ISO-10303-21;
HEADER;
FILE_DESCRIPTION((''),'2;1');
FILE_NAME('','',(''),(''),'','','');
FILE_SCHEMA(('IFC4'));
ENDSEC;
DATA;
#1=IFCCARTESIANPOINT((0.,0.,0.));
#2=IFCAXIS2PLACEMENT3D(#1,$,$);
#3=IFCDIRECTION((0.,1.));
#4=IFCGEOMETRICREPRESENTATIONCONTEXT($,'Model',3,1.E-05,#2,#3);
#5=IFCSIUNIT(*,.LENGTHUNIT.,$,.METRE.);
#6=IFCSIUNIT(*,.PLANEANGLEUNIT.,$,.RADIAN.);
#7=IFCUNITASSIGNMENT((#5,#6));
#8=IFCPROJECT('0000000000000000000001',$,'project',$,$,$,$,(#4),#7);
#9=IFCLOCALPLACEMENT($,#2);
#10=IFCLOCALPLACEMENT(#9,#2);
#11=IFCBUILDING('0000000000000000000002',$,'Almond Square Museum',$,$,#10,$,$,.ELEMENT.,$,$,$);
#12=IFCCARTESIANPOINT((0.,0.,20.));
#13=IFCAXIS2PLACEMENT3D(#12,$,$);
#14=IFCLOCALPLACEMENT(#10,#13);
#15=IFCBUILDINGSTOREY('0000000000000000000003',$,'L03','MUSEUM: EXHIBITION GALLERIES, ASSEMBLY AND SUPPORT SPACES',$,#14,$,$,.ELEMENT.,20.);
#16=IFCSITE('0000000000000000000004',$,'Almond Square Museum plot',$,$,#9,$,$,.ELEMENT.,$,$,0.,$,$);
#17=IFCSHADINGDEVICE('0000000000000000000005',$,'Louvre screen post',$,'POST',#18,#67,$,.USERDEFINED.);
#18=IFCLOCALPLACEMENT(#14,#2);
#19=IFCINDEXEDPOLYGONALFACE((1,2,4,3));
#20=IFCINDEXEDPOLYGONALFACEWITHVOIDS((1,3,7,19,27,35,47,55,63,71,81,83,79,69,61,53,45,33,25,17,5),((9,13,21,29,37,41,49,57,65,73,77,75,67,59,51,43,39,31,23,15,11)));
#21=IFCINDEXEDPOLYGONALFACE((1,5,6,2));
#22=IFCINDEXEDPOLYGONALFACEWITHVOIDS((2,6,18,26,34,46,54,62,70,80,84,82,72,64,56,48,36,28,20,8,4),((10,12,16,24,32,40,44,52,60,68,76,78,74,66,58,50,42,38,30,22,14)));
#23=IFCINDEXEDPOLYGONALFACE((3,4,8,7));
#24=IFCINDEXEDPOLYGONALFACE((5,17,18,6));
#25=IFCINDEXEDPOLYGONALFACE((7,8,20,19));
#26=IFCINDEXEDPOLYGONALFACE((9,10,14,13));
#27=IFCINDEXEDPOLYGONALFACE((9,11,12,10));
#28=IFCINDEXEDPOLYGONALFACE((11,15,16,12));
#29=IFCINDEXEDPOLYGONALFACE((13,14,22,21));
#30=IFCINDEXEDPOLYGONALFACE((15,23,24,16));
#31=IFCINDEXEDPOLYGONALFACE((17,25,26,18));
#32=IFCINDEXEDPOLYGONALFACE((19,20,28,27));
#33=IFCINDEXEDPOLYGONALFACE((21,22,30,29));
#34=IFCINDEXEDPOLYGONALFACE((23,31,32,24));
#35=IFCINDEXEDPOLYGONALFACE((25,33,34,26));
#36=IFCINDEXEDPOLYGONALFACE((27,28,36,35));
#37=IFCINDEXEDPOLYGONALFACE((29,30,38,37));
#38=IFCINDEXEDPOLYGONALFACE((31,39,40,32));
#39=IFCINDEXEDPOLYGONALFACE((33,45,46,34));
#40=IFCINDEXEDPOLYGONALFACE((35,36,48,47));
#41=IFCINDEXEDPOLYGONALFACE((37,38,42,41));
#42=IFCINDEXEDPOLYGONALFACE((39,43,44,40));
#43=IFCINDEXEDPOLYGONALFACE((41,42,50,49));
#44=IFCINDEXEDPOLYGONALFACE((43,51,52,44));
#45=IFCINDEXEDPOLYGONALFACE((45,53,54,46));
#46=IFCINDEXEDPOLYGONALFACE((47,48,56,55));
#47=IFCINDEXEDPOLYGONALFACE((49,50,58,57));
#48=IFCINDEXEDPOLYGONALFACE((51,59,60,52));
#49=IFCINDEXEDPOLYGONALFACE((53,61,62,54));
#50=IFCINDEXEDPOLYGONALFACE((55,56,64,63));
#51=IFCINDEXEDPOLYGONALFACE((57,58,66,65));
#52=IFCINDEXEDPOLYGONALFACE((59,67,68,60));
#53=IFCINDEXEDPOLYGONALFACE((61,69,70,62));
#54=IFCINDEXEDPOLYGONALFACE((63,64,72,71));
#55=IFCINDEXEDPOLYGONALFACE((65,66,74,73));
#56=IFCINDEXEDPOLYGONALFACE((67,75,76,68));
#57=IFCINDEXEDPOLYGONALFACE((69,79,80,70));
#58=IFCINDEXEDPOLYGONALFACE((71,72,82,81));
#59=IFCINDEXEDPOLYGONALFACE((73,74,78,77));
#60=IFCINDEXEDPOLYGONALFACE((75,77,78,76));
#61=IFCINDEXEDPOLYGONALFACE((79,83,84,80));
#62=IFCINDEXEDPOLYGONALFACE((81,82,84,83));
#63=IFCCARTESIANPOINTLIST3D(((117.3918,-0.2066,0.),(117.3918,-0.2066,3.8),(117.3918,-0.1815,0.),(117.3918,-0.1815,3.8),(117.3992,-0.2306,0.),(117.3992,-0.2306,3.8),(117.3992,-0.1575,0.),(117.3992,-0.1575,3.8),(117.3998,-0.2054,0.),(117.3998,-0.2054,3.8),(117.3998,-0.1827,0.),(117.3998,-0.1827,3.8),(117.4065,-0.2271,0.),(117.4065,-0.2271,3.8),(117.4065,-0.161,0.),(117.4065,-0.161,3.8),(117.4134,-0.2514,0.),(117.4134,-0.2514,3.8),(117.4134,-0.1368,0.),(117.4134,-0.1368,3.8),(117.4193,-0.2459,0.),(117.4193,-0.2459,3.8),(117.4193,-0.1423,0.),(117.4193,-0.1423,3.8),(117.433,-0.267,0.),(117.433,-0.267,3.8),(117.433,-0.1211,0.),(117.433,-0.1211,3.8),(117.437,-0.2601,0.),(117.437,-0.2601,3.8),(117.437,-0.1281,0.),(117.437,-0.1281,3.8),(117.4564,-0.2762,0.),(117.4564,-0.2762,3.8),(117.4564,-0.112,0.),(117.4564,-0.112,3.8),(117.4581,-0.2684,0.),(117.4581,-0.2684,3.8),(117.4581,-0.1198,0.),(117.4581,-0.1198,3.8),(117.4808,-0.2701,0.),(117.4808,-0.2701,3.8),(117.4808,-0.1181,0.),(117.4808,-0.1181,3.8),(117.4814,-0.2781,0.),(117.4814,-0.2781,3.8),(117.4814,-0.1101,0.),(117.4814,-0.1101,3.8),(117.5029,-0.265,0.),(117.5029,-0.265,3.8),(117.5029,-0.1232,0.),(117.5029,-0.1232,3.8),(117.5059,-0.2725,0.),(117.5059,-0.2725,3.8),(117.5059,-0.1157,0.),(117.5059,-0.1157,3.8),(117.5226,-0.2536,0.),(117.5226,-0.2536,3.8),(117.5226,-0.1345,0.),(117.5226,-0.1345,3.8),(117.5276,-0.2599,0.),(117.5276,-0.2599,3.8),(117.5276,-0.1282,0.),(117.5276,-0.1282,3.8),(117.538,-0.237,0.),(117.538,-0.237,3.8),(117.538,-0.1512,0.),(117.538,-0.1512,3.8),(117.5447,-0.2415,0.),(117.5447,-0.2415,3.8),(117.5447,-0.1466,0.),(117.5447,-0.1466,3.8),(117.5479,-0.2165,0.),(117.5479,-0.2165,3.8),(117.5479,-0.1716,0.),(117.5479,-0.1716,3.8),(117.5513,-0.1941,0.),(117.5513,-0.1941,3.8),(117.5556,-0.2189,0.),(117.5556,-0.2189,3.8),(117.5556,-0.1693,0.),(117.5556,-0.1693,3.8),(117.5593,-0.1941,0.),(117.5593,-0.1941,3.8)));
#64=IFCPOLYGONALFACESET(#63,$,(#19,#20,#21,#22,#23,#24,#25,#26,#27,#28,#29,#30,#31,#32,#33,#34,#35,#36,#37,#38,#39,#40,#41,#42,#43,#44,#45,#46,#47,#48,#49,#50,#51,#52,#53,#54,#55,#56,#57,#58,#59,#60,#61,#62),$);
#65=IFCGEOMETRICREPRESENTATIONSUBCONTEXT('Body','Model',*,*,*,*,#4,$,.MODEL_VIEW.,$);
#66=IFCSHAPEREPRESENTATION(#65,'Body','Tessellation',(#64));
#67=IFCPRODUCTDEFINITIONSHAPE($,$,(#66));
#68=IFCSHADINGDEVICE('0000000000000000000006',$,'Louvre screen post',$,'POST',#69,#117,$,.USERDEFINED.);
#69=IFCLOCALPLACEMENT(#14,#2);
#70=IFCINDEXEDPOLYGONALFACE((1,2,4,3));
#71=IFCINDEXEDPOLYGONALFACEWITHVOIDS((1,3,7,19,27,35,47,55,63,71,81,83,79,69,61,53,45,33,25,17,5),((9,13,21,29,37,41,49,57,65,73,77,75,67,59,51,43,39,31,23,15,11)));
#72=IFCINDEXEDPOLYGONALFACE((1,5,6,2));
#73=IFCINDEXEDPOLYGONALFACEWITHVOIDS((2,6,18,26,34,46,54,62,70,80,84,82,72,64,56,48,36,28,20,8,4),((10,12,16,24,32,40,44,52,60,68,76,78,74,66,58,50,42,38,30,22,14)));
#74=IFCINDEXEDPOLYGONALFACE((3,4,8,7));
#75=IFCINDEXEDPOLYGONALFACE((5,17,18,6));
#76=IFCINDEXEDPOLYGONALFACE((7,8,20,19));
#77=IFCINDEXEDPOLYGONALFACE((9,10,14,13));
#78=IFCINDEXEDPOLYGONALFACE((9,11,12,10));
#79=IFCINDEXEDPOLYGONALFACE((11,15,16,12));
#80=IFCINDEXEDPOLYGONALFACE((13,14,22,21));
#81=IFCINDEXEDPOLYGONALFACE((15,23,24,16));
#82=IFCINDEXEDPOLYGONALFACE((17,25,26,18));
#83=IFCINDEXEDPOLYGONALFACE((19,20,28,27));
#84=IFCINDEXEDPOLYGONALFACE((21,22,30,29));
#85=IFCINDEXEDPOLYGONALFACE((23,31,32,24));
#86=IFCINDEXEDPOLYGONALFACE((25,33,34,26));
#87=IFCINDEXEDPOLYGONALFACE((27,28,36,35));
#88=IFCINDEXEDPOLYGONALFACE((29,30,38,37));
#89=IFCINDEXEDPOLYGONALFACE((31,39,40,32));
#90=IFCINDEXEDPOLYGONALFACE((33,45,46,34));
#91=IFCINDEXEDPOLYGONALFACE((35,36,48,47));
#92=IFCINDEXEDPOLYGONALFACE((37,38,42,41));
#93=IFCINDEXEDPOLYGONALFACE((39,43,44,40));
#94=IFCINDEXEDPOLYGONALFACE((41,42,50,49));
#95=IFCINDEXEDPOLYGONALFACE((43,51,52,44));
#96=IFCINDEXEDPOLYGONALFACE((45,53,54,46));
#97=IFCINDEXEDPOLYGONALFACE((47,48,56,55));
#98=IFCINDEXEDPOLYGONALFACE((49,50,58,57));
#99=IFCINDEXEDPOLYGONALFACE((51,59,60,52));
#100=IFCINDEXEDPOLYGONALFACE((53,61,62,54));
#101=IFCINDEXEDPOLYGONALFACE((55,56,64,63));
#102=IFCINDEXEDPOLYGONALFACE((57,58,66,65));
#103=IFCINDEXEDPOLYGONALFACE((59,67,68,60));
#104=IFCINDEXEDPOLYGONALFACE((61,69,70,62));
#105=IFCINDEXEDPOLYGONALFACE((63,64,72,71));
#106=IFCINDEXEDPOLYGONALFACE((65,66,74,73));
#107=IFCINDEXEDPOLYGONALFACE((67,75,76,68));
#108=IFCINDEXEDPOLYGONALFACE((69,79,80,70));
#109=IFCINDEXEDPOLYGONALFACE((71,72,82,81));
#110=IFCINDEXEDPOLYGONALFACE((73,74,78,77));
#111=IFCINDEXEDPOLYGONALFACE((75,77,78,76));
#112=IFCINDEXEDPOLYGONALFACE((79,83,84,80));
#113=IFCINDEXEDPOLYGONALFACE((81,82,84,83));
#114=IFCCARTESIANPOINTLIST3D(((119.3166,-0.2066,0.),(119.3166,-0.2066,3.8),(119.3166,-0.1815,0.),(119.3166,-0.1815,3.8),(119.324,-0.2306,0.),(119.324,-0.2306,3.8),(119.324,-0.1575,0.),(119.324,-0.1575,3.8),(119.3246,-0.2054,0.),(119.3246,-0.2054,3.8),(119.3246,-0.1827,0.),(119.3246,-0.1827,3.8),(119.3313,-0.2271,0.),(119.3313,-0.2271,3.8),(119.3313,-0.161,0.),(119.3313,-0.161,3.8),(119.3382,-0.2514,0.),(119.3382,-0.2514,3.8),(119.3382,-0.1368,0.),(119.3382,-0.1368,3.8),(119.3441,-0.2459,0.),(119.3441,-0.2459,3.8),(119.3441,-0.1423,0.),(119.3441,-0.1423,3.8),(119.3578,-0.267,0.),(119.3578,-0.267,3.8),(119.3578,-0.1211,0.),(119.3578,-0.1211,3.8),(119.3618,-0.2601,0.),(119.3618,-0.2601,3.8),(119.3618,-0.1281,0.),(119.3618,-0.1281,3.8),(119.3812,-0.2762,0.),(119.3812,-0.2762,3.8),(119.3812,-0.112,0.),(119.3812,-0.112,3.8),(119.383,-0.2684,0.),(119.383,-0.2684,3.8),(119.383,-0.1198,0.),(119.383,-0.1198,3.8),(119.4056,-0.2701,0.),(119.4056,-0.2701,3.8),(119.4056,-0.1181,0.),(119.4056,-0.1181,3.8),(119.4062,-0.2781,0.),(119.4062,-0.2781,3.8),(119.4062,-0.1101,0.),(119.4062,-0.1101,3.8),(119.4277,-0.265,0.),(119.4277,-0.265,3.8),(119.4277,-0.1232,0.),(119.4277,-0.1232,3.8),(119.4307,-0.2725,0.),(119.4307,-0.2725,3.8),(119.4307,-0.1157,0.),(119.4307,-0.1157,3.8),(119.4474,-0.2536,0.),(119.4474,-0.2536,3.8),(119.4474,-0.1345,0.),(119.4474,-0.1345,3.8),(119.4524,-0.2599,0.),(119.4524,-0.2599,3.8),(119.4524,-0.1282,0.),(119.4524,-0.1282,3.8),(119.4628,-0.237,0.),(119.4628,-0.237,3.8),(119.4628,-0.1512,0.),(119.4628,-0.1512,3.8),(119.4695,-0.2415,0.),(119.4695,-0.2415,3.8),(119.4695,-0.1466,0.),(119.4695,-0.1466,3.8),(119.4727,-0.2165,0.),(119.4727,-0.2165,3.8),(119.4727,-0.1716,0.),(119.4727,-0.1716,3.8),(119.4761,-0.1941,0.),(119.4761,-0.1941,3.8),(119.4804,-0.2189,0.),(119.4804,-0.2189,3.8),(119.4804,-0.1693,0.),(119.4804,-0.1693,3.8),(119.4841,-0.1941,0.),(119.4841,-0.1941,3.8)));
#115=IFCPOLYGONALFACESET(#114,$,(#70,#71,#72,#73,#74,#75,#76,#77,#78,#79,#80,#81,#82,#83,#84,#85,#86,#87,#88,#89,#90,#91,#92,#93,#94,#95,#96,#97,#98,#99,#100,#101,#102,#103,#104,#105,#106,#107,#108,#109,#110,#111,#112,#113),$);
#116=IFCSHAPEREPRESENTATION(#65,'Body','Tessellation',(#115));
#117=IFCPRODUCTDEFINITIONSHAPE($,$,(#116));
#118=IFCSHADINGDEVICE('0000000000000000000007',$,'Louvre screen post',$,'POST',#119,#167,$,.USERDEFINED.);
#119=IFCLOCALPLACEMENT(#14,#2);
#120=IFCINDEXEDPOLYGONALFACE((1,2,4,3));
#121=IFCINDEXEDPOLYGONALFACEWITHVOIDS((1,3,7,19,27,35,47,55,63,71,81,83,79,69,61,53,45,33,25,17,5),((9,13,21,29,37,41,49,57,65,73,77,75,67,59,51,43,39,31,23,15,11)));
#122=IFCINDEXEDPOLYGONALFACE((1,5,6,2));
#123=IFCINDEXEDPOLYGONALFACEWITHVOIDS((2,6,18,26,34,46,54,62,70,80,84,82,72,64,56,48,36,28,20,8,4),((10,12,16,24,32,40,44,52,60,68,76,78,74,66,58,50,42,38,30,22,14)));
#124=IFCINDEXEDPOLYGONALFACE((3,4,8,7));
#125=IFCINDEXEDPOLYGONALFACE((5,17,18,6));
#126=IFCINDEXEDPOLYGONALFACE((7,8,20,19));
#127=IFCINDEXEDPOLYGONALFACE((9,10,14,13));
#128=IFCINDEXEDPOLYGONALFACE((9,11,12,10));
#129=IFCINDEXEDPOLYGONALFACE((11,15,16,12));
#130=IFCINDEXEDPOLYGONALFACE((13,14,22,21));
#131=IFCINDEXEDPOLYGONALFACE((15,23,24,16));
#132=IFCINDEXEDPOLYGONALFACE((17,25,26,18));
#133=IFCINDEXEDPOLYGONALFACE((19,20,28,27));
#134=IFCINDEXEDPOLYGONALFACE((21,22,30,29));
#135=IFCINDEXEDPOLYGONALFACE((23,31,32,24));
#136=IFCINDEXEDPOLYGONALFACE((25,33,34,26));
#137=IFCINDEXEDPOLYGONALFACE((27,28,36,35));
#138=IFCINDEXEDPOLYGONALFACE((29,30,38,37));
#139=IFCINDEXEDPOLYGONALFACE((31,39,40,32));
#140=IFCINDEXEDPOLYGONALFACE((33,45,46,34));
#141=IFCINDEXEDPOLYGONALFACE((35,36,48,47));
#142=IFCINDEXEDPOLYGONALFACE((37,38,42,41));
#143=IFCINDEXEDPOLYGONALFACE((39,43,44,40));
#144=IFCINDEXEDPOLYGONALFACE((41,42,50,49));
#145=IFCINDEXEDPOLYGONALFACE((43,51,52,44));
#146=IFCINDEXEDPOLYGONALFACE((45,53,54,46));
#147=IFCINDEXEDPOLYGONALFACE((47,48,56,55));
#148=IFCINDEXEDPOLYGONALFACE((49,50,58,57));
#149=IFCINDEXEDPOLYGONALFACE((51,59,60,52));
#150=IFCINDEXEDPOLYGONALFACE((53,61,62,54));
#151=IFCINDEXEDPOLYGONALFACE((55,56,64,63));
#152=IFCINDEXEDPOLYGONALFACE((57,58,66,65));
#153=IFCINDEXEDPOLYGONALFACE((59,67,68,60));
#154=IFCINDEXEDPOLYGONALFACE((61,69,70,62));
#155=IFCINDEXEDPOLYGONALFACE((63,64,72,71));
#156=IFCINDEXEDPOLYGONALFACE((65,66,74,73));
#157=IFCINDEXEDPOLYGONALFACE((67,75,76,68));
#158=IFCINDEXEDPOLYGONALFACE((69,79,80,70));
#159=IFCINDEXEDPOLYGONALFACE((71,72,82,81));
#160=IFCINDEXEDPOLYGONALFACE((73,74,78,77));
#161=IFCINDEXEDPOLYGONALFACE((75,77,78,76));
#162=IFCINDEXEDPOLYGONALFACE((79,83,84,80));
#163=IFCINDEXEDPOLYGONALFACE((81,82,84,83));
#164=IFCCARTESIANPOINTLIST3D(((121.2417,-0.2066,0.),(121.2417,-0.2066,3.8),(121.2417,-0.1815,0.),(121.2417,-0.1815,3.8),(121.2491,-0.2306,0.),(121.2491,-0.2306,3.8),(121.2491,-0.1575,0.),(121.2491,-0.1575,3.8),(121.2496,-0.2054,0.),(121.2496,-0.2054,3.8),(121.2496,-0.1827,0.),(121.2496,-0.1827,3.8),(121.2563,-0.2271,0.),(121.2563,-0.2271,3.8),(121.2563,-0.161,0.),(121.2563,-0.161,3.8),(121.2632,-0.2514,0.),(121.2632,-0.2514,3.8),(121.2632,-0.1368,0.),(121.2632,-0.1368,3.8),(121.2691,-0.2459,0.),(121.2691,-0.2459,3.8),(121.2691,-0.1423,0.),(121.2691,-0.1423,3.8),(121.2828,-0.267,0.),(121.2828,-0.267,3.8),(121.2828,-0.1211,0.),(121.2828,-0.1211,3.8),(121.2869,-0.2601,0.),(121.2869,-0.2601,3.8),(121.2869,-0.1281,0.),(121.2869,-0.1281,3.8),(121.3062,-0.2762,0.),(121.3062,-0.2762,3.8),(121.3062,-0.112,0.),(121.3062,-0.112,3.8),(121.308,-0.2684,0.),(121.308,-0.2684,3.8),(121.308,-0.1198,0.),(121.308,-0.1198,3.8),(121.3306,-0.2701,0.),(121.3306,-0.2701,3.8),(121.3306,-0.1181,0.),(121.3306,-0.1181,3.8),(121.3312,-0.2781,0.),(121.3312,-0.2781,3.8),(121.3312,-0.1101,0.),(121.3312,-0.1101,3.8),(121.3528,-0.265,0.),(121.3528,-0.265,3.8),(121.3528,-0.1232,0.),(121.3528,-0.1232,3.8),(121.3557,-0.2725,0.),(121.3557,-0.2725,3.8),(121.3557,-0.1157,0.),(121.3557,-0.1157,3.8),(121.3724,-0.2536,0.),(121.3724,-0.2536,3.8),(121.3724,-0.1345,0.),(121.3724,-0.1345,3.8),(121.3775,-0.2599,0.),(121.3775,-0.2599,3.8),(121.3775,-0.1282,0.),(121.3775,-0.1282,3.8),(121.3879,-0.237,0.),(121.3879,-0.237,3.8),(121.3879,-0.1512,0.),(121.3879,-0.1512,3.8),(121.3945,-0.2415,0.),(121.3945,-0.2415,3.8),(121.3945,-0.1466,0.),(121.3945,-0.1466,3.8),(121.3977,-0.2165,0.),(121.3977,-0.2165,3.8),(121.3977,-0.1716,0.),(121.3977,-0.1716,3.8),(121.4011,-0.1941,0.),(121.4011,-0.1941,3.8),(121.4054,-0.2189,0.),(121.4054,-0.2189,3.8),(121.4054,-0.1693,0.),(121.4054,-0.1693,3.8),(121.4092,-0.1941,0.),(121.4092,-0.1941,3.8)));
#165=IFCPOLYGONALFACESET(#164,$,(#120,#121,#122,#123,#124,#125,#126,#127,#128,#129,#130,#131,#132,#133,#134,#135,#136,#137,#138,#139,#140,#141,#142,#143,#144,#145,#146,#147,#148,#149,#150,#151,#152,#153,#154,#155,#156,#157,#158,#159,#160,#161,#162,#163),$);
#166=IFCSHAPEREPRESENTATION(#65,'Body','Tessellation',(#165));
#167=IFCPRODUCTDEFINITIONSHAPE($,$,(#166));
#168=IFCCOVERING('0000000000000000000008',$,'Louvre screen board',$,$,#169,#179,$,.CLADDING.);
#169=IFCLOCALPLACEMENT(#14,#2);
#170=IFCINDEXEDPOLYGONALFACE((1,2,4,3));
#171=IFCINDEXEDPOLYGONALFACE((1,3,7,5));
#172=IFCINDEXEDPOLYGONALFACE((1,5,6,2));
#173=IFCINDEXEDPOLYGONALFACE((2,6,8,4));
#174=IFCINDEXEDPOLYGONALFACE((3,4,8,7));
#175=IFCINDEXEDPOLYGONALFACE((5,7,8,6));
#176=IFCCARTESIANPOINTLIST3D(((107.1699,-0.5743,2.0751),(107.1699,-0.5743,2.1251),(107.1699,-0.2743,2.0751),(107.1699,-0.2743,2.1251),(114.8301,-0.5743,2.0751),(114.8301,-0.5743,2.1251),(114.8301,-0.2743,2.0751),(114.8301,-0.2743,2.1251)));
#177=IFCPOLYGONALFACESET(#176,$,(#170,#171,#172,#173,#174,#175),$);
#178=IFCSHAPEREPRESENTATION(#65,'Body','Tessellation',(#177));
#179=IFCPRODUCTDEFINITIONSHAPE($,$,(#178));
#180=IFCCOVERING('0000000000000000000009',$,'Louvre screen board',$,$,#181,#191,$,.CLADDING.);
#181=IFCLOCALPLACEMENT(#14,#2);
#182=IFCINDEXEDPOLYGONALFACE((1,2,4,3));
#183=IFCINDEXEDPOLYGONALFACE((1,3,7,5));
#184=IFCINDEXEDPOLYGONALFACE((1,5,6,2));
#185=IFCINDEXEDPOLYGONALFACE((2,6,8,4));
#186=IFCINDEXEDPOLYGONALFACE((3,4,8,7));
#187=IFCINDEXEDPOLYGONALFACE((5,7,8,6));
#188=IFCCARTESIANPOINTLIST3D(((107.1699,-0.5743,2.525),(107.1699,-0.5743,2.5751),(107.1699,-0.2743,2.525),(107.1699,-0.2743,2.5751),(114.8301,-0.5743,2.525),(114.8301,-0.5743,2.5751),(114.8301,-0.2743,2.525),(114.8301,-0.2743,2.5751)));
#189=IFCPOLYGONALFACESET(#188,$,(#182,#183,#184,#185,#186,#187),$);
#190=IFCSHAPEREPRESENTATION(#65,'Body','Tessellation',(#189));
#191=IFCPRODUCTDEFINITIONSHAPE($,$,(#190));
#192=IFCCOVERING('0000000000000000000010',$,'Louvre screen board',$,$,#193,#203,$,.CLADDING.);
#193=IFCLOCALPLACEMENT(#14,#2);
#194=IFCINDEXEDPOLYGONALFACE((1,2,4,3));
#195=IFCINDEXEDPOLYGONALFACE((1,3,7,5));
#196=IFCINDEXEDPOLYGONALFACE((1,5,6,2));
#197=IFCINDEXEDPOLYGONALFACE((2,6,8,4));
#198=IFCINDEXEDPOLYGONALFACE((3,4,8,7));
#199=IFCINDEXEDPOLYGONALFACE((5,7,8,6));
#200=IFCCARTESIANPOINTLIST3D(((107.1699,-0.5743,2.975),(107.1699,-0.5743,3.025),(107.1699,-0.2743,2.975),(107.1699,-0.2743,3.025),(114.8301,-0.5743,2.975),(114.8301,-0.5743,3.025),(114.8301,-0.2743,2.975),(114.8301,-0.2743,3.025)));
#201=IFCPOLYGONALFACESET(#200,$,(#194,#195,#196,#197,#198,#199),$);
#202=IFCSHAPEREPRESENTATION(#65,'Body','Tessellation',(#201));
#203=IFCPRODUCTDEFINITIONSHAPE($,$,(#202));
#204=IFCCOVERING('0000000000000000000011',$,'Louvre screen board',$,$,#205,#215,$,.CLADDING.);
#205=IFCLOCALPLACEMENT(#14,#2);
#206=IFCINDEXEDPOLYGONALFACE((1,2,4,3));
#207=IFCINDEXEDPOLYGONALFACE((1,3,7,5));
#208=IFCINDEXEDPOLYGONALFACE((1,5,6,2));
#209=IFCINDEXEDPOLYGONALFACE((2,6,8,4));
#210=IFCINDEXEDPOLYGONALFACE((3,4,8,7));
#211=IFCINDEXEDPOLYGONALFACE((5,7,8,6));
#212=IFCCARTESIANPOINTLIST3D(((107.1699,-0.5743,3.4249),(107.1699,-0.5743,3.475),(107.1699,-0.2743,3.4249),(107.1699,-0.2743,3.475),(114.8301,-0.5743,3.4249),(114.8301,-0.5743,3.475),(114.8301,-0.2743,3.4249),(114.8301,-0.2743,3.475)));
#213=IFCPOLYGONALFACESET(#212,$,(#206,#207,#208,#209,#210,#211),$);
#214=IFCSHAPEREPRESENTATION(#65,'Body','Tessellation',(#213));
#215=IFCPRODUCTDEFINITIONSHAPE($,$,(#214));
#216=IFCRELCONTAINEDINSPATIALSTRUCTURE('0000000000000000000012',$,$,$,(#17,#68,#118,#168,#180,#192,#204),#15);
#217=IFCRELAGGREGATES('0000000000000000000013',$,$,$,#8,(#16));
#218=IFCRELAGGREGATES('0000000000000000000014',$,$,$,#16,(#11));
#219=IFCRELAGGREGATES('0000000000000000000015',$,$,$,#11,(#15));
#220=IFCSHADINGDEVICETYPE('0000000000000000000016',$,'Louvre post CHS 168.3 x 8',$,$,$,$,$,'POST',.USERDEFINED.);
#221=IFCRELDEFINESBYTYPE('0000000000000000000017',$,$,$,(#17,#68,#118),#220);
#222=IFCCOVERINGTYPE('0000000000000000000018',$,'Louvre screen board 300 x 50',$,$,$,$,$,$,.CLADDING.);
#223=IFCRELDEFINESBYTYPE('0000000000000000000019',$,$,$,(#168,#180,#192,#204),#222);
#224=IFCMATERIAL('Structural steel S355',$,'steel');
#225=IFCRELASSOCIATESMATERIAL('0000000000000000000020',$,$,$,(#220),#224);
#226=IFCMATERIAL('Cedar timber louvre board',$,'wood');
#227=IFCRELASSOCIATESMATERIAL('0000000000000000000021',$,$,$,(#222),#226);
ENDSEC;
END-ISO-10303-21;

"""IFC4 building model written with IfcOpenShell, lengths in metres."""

from ifc_helpers import new_model, si_unit, direction, frame, origin, origin_2d, place, context, subcontext, project, spatial, rectangle, hollow_circle, extrude, material, material_profile, profile_set, type_object, element, save


model = new_model("IFC4")

# Units and contexts
model_context = context("Model", 3, precision=1e-05, world=origin(), true_north=direction((0.0, 1.0)))
body_context = subcontext(model_context, "Body", "Model", "MODEL_VIEW")
ifc_project = project(units=[si_unit("LENGTHUNIT", "METRE"), si_unit("PLANEANGLEUNIT", "RADIAN")], contexts=[model_context])

# Site, building, storey
site_placement = place(None, origin())
site = spatial("IfcSite", under=ifc_project, at=site_placement, Name="Almond Square Museum plot", CompositionType="ELEMENT", RefElevation=0.0)
building_placement = place(site_placement, origin())
building = spatial("IfcBuilding", under=site, at=building_placement, Name="Almond Square Museum", CompositionType="ELEMENT")
storey_placement = place(building_placement, frame((0.0, 0.0, 20.0)))
storey = spatial("IfcBuildingStorey", under=building, at=storey_placement, Name="L03", Description="MUSEUM: EXHIBITION GALLERIES, ASSEMBLY AND SUPPORT SPACES", CompositionType="ELEMENT", Elevation=20.0)

# Shading devices
ifc_material_1 = material(Name="Structural steel S355", Category="steel")
ifc_material_profile_1 = material_profile(ifc_material_1, hollow_circle(Radius=0.0842, WallThickness=0.0081, at=origin_2d()))
ifc_profile_set_1 = profile_set([ifc_material_profile_1], Name="Structural steel S355")
shading_device_type = type_object("IfcShadingDeviceType", Name="Louvre post CHS 168.3 x 8", ElementType="POST", PredefinedType="USERDEFINED", material=ifc_profile_set_1)
for number, where, z_axis, x_axis, name in (
    (1, (117.4751, -0.1941, 0.0), (0.0, 0.0, 1.0), (1.0, 0.0, 0.0), "Louvre screen post"),
    (2, (119.3999, -0.1941, 0.0), (0.0, 0.0, 1.0), (1.0, 0.0, 0.0), "Louvre screen post"),
    (3, (121.325, -0.1941, 0.0), (0.0, 0.0, 1.0), (1.0, 0.0, 0.0), "Louvre screen post"),
):
    element("IfcShadingDevice", number, at=place(storey_placement, frame(where, z_axis=z_axis, x_axis=x_axis)), inside=storey, type_object=shading_device_type, Name=name, ObjectType="POST", PredefinedType="USERDEFINED", context=body_context, shape_type="SweptSolid", body=[
        extrude(hollow_circle(Radius=0.0842, WallThickness=0.0081, at=origin_2d()), origin(), (0.0, 0.0, 1.0), 3.8),
    ])

# Coverings
ifc_material_2 = material(Name="Cedar timber louvre board", Category="wood")
ifc_material_profile_2 = material_profile(ifc_material_2, rectangle(XDim=0.3, YDim=0.05, at=origin_2d()))
ifc_profile_set_2 = profile_set([ifc_material_profile_2], Name="Cedar timber louvre board")
covering_type = type_object("IfcCoveringType", Name="Louvre screen board 300 x 50", PredefinedType="CLADDING", material=ifc_profile_set_2)
for number, where, z_axis, x_axis, name in (
    (4, (107.1699, -0.4243, 2.1001), (1.0, 0.0, 0.0), (0.0, 1.0, 0.0), "Louvre screen board"),
    (5, (107.1699, -0.4243, 2.55), (1.0, 0.0, 0.0), (0.0, 1.0, 0.0), "Louvre screen board"),
    (6, (107.1699, -0.4243, 3.0), (1.0, 0.0, 0.0), (0.0, 1.0, 0.0), "Louvre screen board"),
    (7, (107.1699, -0.4243, 3.45), (1.0, 0.0, 0.0), (0.0, 1.0, 0.0), "Louvre screen board"),
):
    element("IfcCovering", number, at=place(storey_placement, frame(where, z_axis=z_axis, x_axis=x_axis)), inside=storey, type_object=covering_type, Name=name, PredefinedType="CLADDING", context=body_context, shape_type="SweptSolid", body=[
        extrude(rectangle(XDim=0.3, YDim=0.05, at=origin_2d()), origin(), (0.0, 0.0, 1.0), 7.6602),
    ])

save(model, "model.ifc")
